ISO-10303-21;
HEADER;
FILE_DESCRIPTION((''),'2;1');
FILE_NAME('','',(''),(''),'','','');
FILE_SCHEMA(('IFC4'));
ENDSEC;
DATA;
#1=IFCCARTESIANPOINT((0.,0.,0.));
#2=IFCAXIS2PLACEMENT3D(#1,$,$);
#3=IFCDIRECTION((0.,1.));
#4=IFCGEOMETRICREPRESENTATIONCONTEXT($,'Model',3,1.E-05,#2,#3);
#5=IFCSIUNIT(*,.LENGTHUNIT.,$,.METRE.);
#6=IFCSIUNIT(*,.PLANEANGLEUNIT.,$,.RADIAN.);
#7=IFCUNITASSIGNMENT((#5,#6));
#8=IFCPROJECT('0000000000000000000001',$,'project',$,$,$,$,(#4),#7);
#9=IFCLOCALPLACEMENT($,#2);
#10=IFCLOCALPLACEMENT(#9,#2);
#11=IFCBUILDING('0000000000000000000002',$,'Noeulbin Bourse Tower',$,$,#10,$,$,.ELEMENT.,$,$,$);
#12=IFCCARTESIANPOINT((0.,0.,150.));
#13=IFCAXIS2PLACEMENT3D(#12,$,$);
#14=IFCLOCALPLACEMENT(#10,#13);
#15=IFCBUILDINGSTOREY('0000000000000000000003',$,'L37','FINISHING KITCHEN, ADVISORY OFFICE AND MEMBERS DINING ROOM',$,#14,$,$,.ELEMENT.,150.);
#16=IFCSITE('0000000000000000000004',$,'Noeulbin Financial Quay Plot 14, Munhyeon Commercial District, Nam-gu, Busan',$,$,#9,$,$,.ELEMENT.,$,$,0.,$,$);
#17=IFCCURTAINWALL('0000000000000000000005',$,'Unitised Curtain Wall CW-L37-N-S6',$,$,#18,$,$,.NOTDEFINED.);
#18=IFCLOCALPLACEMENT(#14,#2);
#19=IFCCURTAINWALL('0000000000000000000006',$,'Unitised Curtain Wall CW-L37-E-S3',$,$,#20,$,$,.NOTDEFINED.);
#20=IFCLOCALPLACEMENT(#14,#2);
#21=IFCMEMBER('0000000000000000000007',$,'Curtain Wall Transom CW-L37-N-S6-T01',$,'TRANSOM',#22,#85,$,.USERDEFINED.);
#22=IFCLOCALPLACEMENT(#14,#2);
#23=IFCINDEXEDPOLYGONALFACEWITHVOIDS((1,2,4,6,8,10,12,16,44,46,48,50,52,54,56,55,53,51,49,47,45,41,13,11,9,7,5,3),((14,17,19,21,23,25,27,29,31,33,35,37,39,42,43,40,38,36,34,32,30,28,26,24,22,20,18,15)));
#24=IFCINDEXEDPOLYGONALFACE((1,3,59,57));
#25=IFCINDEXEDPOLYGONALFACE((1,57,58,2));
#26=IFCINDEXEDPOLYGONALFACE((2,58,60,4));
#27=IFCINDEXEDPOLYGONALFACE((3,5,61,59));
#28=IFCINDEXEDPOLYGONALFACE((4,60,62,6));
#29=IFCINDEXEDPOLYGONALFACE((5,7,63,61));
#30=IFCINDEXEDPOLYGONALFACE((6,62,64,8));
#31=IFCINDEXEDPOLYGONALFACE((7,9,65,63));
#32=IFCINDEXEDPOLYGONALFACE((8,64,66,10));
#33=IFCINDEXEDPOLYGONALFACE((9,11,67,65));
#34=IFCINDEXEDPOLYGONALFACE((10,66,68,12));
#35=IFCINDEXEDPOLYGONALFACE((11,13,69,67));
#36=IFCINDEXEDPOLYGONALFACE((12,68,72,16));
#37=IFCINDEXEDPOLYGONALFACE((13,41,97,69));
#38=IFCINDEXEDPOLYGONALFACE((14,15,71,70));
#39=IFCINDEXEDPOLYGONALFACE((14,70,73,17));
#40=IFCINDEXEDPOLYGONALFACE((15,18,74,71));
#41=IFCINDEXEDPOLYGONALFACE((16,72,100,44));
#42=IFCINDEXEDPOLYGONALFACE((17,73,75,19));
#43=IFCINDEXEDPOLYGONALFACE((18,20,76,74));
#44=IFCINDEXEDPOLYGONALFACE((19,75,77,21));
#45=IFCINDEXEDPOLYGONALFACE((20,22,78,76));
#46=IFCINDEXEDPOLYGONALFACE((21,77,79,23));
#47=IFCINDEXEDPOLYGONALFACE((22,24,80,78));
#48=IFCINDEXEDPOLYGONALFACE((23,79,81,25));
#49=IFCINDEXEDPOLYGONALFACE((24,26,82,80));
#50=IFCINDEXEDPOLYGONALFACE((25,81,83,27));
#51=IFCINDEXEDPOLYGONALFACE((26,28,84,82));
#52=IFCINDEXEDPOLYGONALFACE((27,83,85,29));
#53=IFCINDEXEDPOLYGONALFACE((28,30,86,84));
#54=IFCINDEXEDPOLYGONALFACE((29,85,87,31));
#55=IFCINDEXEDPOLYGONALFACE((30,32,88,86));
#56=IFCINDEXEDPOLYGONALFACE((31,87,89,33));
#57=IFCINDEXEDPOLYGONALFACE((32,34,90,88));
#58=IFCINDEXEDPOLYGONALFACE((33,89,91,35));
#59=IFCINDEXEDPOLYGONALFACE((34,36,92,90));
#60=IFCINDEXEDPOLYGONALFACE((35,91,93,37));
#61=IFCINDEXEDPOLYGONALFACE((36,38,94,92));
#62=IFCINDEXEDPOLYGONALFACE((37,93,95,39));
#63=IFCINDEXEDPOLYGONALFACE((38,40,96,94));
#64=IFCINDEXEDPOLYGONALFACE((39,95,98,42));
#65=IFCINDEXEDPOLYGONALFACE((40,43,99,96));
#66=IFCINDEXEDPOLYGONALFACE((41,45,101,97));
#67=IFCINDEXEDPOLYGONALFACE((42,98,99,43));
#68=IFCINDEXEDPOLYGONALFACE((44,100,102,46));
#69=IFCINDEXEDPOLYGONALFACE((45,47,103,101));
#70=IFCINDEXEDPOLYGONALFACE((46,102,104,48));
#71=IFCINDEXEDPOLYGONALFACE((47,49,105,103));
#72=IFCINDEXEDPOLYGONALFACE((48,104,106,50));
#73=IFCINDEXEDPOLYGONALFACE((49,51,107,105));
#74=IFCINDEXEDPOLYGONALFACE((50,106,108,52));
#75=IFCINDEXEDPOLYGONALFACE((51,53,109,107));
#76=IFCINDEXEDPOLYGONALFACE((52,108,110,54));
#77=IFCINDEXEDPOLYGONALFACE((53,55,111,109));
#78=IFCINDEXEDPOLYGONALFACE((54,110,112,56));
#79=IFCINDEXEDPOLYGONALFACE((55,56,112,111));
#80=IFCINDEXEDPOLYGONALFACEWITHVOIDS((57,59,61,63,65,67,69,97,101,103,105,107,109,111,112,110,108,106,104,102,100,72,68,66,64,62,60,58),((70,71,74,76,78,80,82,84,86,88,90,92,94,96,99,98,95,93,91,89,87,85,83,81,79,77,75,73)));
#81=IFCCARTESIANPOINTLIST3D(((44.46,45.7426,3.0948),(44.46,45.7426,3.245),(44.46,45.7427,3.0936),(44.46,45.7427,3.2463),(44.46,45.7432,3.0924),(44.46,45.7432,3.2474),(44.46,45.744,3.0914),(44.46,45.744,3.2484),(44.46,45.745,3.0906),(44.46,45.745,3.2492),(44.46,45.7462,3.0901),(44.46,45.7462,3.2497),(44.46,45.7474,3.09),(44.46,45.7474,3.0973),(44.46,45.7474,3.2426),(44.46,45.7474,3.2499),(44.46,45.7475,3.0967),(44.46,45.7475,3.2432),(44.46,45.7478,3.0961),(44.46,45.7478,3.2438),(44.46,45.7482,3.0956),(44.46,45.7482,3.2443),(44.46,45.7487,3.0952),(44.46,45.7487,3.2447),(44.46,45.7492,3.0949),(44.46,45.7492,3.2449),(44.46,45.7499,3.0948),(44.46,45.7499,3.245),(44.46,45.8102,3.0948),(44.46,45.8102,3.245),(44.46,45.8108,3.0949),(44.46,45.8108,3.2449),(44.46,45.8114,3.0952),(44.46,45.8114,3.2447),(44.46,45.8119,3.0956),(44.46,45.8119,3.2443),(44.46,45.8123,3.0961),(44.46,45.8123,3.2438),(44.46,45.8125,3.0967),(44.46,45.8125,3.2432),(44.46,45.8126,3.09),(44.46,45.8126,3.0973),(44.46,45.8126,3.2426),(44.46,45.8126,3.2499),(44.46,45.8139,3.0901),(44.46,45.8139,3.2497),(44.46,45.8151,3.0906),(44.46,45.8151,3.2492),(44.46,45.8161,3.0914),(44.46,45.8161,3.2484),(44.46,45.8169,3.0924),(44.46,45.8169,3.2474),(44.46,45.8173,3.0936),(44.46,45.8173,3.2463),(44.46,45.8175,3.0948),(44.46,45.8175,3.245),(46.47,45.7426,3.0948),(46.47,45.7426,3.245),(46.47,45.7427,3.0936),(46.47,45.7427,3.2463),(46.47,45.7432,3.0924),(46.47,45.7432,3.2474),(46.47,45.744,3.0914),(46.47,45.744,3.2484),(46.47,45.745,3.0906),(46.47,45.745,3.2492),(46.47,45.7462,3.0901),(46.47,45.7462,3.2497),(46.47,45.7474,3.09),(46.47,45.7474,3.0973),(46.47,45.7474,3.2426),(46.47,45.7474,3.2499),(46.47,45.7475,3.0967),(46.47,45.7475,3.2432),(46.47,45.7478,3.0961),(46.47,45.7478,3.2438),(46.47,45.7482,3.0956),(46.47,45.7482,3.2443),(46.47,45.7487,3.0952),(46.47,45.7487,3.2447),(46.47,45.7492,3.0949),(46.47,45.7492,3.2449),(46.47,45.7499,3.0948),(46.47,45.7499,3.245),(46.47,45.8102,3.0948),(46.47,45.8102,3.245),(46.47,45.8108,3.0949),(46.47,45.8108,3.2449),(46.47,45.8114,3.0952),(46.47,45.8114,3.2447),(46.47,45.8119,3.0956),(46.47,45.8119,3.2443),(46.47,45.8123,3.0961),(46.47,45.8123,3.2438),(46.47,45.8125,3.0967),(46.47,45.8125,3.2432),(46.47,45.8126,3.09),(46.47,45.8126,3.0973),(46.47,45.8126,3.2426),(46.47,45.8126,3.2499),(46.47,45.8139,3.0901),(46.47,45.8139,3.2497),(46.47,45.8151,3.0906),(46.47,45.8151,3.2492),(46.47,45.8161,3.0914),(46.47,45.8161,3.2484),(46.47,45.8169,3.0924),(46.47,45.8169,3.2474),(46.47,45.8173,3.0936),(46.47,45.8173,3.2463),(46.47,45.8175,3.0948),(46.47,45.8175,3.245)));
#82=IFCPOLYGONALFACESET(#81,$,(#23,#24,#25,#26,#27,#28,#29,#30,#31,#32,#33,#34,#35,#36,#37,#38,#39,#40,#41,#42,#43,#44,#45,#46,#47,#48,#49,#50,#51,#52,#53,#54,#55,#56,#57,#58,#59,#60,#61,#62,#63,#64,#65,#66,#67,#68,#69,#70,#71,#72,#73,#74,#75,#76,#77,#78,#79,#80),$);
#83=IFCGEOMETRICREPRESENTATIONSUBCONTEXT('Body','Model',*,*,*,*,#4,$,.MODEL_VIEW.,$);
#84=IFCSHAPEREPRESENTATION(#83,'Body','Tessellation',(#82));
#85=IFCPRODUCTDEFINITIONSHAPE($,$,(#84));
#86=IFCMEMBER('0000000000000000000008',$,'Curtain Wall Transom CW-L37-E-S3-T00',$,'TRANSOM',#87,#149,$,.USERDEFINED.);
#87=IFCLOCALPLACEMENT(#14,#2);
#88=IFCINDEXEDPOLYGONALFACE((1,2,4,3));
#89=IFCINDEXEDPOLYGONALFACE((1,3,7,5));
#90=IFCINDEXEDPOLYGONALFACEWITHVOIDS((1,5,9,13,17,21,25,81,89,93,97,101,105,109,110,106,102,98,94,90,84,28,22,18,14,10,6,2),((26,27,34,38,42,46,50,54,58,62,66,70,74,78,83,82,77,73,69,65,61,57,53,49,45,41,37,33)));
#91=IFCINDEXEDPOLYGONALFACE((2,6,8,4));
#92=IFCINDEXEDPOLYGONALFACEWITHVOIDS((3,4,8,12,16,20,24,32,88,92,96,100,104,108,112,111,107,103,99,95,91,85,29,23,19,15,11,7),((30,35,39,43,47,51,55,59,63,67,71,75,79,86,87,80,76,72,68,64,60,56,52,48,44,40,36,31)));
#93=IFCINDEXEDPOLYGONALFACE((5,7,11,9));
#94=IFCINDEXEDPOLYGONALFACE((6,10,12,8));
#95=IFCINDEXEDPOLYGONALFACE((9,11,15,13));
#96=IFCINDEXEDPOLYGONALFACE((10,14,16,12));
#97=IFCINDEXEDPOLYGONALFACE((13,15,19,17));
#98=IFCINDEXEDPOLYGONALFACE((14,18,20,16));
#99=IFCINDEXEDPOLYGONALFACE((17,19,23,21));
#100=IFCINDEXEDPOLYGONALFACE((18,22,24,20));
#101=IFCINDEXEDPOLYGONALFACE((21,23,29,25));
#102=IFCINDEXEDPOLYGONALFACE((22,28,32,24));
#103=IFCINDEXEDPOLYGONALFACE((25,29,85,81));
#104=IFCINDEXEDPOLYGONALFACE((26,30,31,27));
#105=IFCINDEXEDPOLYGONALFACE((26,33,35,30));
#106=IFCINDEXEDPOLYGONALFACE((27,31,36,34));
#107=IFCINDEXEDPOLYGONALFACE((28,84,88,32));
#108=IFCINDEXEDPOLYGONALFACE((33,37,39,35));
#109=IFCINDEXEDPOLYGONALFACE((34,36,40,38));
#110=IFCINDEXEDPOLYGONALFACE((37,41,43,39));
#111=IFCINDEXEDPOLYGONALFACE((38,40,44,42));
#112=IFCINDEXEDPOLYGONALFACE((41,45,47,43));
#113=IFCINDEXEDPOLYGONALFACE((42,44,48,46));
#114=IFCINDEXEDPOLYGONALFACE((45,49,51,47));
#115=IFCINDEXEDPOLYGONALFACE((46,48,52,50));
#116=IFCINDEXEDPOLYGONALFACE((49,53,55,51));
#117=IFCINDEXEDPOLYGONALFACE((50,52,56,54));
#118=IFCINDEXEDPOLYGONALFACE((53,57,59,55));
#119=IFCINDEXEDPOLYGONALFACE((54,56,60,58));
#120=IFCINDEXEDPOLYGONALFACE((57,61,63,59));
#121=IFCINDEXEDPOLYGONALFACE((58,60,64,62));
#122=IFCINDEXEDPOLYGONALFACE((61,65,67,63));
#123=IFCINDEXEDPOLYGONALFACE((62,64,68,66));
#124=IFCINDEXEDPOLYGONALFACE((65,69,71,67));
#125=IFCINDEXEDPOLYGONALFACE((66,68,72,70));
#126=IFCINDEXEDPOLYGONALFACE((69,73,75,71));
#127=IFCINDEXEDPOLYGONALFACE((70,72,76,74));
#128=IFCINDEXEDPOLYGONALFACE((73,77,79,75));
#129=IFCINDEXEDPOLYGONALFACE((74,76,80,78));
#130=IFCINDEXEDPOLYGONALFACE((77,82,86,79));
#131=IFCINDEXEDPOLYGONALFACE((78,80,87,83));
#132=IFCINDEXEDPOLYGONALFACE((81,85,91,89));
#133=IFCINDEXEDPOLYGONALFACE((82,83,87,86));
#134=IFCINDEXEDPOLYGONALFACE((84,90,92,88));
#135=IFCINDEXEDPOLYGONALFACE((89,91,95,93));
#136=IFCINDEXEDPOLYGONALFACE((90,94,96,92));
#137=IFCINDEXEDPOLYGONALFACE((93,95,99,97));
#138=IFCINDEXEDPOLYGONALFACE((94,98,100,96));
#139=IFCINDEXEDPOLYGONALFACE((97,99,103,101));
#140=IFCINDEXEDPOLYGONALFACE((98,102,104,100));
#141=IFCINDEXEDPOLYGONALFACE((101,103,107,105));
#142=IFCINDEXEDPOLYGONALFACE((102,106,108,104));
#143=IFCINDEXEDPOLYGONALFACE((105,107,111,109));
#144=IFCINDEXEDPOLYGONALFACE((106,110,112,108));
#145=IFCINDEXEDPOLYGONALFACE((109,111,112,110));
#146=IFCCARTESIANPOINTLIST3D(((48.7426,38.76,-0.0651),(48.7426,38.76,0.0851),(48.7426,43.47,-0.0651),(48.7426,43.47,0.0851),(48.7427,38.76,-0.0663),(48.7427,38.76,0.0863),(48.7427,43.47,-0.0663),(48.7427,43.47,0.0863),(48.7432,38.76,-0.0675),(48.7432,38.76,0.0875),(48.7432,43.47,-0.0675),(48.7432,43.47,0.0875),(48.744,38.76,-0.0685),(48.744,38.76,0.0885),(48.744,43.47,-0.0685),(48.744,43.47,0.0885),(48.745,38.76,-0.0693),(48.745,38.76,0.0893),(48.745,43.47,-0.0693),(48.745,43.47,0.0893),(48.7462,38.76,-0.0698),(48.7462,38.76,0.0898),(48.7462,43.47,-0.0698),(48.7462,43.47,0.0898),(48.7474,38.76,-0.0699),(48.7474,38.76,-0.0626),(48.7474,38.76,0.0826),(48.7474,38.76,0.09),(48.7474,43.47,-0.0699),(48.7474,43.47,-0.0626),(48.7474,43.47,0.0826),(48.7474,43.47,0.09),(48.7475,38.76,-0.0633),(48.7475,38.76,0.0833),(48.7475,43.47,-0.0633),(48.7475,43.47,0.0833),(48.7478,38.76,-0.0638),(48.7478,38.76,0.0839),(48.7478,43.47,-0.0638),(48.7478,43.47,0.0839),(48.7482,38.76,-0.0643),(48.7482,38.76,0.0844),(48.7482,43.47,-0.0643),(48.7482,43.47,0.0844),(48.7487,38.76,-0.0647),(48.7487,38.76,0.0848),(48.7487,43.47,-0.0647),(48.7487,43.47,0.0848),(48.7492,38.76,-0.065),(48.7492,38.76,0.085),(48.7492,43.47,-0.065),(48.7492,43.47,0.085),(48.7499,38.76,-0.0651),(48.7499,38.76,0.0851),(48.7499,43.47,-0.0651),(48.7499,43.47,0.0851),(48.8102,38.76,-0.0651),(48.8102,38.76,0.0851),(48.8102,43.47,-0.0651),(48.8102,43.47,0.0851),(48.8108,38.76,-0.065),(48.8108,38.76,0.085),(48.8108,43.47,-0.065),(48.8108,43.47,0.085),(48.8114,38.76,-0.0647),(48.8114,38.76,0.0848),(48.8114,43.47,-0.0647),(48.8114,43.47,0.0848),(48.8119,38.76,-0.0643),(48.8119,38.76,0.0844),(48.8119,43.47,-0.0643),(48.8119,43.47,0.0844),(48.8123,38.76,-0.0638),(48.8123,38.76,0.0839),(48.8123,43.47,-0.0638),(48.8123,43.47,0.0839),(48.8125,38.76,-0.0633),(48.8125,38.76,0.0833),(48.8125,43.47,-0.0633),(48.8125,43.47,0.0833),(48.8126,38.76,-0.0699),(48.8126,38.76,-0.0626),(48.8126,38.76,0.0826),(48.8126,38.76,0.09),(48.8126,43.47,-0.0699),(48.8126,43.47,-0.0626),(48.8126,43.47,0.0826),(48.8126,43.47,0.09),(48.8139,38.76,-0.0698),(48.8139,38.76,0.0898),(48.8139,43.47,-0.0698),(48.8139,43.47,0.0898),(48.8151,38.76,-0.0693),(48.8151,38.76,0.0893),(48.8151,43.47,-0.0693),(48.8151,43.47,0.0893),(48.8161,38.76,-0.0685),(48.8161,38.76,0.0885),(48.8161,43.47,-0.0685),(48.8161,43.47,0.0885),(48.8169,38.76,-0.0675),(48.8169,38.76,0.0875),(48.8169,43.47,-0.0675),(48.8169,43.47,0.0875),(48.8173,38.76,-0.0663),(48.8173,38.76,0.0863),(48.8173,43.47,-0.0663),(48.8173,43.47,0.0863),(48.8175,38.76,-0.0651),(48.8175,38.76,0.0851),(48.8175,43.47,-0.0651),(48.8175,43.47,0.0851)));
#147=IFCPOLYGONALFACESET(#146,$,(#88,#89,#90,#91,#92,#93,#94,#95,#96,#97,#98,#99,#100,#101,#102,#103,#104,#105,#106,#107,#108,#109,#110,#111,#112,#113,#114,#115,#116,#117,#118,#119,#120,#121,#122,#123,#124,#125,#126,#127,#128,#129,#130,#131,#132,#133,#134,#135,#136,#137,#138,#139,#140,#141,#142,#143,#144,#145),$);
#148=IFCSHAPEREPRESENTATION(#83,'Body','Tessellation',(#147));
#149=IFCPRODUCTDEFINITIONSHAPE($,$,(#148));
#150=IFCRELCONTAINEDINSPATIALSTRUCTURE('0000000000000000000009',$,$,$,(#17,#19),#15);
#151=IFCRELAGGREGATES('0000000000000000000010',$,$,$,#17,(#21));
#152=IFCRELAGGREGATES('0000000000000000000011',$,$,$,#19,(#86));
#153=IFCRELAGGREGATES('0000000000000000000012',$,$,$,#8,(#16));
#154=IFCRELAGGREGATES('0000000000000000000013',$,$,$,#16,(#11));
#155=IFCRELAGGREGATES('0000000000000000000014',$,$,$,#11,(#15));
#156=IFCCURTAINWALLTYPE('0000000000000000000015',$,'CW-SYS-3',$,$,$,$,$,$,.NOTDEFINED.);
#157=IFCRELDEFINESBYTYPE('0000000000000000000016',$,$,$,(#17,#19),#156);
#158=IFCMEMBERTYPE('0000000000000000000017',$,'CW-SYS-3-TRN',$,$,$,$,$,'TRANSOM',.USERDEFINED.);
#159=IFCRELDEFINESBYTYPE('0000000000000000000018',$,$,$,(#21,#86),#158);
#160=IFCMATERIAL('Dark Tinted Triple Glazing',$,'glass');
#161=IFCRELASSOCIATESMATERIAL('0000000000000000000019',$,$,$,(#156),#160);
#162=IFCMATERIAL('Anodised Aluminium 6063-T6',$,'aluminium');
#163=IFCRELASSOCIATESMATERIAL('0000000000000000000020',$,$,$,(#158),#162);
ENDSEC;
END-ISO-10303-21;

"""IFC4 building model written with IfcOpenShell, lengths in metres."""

from ifc_helpers import new_model, si_unit, direction, frame, origin, origin_2d, place, context, subcontext, project, spatial, hollow_rectangle, extrude, material, material_profile, profile_set, type_object, element, aggregate, save


model = new_model("IFC4")

# Units and contexts
model_context = context("Model", 3, precision=1e-05, world=origin(), true_north=direction((0.0, 1.0)))
body_context = subcontext(model_context, "Body", "Model", "MODEL_VIEW")
ifc_project = project(units=[si_unit("LENGTHUNIT", "METRE"), si_unit("PLANEANGLEUNIT", "RADIAN")], contexts=[model_context])

# Site, building, storey
site_placement = place(None, origin())
site = spatial("IfcSite", under=ifc_project, at=site_placement, Name="Noeulbin Financial Quay Plot 14, Munhyeon Commercial District, Nam-gu, Busan", CompositionType="ELEMENT", RefElevation=0.0)
building_placement = place(site_placement, origin())
building = spatial("IfcBuilding", under=site, at=building_placement, Name="Noeulbin Bourse Tower", CompositionType="ELEMENT")
storey_placement = place(building_placement, frame((0.0, 0.0, 150.0)))
storey = spatial("IfcBuildingStorey", under=building, at=storey_placement, Name="L37", Description="FINISHING KITCHEN, ADVISORY OFFICE AND MEMBERS DINING ROOM", CompositionType="ELEMENT", Elevation=150.0)

# Shared definitions
ifc_material_1 = material(Name="Dark Tinted Triple Glazing", Category="glass")
curtain_wall_type = type_object("IfcCurtainWallType", Name="CW-SYS-3", PredefinedType="NOTDEFINED", material=ifc_material_1)
ifc_material_2 = material(Name="Anodised Aluminium 6063-T6", Category="aluminium")

# Curtain walls
curtain_wall_1_placement = place(storey_placement, origin())
curtain_wall_1 = element("IfcCurtainWall", 1, at=curtain_wall_1_placement, inside=storey, type_object=curtain_wall_type, Name="Unitised Curtain Wall CW-L37-N-S6", PredefinedType="NOTDEFINED")
curtain_wall_2_placement = place(storey_placement, origin())
curtain_wall_2 = element("IfcCurtainWall", 2, at=curtain_wall_2_placement, inside=storey, type_object=curtain_wall_type, Name="Unitised Curtain Wall CW-L37-E-S3", PredefinedType="NOTDEFINED")

# Members
ifc_material_profile_1 = material_profile(ifc_material_2, hollow_rectangle(XDim=0.075, YDim=0.1599, WallThickness=0.0049, InnerFilletRadius=0.0024, OuterFilletRadius=0.0049, at=origin_2d()), Name="ALU-TRAN-75x160x5", Category="LoadBearing")
ifc_profile_set_1 = profile_set([ifc_material_profile_1], Name="Anodised Aluminium 6063-T6")
member_type_1 = type_object("IfcMemberType", Name="CW-SYS-3-TRN", ElementType="TRANSOM", PredefinedType="USERDEFINED", material=ifc_profile_set_1)
member_1_placement = place(storey_placement, frame((44.46, 45.78, 3.1699), z_axis=(1.0, 0.0, 0.0), x_axis=(0.0, 1.0, 0.0)))
member_1 = element("IfcMember", 3, at=member_1_placement, type_object=member_type_1, Name="Curtain Wall Transom CW-L37-N-S6-T01", ObjectType="TRANSOM", PredefinedType="USERDEFINED", context=body_context, shape_type="SweptSolid", body=[
    extrude(hollow_rectangle(XDim=0.075, YDim=0.1599, WallThickness=0.0049, InnerFilletRadius=0.0024, OuterFilletRadius=0.0049, at=origin_2d()), origin(), (0.0, 0.0, 1.0), 2.01),
])
member_2_placement = place(storey_placement, frame((48.78, 38.76, 0.01), z_axis=(0.0, 1.0, 0.0), x_axis=(-1.0, 0.0, 0.0)))
member_2 = element("IfcMember", 4, at=member_2_placement, type_object=member_type_1, Name="Curtain Wall Transom CW-L37-E-S3-T00", ObjectType="TRANSOM", PredefinedType="USERDEFINED", context=body_context, shape_type="SweptSolid", body=[
    extrude(hollow_rectangle(XDim=0.075, YDim=0.1599, WallThickness=0.0049, InnerFilletRadius=0.0024, OuterFilletRadius=0.0049, at=origin_2d()), origin(), (0.0, 0.0, 1.0), 4.71),
])

aggregate(curtain_wall_1, [member_1])
aggregate(curtain_wall_2, [member_2])

save(model, "model.ifc")
